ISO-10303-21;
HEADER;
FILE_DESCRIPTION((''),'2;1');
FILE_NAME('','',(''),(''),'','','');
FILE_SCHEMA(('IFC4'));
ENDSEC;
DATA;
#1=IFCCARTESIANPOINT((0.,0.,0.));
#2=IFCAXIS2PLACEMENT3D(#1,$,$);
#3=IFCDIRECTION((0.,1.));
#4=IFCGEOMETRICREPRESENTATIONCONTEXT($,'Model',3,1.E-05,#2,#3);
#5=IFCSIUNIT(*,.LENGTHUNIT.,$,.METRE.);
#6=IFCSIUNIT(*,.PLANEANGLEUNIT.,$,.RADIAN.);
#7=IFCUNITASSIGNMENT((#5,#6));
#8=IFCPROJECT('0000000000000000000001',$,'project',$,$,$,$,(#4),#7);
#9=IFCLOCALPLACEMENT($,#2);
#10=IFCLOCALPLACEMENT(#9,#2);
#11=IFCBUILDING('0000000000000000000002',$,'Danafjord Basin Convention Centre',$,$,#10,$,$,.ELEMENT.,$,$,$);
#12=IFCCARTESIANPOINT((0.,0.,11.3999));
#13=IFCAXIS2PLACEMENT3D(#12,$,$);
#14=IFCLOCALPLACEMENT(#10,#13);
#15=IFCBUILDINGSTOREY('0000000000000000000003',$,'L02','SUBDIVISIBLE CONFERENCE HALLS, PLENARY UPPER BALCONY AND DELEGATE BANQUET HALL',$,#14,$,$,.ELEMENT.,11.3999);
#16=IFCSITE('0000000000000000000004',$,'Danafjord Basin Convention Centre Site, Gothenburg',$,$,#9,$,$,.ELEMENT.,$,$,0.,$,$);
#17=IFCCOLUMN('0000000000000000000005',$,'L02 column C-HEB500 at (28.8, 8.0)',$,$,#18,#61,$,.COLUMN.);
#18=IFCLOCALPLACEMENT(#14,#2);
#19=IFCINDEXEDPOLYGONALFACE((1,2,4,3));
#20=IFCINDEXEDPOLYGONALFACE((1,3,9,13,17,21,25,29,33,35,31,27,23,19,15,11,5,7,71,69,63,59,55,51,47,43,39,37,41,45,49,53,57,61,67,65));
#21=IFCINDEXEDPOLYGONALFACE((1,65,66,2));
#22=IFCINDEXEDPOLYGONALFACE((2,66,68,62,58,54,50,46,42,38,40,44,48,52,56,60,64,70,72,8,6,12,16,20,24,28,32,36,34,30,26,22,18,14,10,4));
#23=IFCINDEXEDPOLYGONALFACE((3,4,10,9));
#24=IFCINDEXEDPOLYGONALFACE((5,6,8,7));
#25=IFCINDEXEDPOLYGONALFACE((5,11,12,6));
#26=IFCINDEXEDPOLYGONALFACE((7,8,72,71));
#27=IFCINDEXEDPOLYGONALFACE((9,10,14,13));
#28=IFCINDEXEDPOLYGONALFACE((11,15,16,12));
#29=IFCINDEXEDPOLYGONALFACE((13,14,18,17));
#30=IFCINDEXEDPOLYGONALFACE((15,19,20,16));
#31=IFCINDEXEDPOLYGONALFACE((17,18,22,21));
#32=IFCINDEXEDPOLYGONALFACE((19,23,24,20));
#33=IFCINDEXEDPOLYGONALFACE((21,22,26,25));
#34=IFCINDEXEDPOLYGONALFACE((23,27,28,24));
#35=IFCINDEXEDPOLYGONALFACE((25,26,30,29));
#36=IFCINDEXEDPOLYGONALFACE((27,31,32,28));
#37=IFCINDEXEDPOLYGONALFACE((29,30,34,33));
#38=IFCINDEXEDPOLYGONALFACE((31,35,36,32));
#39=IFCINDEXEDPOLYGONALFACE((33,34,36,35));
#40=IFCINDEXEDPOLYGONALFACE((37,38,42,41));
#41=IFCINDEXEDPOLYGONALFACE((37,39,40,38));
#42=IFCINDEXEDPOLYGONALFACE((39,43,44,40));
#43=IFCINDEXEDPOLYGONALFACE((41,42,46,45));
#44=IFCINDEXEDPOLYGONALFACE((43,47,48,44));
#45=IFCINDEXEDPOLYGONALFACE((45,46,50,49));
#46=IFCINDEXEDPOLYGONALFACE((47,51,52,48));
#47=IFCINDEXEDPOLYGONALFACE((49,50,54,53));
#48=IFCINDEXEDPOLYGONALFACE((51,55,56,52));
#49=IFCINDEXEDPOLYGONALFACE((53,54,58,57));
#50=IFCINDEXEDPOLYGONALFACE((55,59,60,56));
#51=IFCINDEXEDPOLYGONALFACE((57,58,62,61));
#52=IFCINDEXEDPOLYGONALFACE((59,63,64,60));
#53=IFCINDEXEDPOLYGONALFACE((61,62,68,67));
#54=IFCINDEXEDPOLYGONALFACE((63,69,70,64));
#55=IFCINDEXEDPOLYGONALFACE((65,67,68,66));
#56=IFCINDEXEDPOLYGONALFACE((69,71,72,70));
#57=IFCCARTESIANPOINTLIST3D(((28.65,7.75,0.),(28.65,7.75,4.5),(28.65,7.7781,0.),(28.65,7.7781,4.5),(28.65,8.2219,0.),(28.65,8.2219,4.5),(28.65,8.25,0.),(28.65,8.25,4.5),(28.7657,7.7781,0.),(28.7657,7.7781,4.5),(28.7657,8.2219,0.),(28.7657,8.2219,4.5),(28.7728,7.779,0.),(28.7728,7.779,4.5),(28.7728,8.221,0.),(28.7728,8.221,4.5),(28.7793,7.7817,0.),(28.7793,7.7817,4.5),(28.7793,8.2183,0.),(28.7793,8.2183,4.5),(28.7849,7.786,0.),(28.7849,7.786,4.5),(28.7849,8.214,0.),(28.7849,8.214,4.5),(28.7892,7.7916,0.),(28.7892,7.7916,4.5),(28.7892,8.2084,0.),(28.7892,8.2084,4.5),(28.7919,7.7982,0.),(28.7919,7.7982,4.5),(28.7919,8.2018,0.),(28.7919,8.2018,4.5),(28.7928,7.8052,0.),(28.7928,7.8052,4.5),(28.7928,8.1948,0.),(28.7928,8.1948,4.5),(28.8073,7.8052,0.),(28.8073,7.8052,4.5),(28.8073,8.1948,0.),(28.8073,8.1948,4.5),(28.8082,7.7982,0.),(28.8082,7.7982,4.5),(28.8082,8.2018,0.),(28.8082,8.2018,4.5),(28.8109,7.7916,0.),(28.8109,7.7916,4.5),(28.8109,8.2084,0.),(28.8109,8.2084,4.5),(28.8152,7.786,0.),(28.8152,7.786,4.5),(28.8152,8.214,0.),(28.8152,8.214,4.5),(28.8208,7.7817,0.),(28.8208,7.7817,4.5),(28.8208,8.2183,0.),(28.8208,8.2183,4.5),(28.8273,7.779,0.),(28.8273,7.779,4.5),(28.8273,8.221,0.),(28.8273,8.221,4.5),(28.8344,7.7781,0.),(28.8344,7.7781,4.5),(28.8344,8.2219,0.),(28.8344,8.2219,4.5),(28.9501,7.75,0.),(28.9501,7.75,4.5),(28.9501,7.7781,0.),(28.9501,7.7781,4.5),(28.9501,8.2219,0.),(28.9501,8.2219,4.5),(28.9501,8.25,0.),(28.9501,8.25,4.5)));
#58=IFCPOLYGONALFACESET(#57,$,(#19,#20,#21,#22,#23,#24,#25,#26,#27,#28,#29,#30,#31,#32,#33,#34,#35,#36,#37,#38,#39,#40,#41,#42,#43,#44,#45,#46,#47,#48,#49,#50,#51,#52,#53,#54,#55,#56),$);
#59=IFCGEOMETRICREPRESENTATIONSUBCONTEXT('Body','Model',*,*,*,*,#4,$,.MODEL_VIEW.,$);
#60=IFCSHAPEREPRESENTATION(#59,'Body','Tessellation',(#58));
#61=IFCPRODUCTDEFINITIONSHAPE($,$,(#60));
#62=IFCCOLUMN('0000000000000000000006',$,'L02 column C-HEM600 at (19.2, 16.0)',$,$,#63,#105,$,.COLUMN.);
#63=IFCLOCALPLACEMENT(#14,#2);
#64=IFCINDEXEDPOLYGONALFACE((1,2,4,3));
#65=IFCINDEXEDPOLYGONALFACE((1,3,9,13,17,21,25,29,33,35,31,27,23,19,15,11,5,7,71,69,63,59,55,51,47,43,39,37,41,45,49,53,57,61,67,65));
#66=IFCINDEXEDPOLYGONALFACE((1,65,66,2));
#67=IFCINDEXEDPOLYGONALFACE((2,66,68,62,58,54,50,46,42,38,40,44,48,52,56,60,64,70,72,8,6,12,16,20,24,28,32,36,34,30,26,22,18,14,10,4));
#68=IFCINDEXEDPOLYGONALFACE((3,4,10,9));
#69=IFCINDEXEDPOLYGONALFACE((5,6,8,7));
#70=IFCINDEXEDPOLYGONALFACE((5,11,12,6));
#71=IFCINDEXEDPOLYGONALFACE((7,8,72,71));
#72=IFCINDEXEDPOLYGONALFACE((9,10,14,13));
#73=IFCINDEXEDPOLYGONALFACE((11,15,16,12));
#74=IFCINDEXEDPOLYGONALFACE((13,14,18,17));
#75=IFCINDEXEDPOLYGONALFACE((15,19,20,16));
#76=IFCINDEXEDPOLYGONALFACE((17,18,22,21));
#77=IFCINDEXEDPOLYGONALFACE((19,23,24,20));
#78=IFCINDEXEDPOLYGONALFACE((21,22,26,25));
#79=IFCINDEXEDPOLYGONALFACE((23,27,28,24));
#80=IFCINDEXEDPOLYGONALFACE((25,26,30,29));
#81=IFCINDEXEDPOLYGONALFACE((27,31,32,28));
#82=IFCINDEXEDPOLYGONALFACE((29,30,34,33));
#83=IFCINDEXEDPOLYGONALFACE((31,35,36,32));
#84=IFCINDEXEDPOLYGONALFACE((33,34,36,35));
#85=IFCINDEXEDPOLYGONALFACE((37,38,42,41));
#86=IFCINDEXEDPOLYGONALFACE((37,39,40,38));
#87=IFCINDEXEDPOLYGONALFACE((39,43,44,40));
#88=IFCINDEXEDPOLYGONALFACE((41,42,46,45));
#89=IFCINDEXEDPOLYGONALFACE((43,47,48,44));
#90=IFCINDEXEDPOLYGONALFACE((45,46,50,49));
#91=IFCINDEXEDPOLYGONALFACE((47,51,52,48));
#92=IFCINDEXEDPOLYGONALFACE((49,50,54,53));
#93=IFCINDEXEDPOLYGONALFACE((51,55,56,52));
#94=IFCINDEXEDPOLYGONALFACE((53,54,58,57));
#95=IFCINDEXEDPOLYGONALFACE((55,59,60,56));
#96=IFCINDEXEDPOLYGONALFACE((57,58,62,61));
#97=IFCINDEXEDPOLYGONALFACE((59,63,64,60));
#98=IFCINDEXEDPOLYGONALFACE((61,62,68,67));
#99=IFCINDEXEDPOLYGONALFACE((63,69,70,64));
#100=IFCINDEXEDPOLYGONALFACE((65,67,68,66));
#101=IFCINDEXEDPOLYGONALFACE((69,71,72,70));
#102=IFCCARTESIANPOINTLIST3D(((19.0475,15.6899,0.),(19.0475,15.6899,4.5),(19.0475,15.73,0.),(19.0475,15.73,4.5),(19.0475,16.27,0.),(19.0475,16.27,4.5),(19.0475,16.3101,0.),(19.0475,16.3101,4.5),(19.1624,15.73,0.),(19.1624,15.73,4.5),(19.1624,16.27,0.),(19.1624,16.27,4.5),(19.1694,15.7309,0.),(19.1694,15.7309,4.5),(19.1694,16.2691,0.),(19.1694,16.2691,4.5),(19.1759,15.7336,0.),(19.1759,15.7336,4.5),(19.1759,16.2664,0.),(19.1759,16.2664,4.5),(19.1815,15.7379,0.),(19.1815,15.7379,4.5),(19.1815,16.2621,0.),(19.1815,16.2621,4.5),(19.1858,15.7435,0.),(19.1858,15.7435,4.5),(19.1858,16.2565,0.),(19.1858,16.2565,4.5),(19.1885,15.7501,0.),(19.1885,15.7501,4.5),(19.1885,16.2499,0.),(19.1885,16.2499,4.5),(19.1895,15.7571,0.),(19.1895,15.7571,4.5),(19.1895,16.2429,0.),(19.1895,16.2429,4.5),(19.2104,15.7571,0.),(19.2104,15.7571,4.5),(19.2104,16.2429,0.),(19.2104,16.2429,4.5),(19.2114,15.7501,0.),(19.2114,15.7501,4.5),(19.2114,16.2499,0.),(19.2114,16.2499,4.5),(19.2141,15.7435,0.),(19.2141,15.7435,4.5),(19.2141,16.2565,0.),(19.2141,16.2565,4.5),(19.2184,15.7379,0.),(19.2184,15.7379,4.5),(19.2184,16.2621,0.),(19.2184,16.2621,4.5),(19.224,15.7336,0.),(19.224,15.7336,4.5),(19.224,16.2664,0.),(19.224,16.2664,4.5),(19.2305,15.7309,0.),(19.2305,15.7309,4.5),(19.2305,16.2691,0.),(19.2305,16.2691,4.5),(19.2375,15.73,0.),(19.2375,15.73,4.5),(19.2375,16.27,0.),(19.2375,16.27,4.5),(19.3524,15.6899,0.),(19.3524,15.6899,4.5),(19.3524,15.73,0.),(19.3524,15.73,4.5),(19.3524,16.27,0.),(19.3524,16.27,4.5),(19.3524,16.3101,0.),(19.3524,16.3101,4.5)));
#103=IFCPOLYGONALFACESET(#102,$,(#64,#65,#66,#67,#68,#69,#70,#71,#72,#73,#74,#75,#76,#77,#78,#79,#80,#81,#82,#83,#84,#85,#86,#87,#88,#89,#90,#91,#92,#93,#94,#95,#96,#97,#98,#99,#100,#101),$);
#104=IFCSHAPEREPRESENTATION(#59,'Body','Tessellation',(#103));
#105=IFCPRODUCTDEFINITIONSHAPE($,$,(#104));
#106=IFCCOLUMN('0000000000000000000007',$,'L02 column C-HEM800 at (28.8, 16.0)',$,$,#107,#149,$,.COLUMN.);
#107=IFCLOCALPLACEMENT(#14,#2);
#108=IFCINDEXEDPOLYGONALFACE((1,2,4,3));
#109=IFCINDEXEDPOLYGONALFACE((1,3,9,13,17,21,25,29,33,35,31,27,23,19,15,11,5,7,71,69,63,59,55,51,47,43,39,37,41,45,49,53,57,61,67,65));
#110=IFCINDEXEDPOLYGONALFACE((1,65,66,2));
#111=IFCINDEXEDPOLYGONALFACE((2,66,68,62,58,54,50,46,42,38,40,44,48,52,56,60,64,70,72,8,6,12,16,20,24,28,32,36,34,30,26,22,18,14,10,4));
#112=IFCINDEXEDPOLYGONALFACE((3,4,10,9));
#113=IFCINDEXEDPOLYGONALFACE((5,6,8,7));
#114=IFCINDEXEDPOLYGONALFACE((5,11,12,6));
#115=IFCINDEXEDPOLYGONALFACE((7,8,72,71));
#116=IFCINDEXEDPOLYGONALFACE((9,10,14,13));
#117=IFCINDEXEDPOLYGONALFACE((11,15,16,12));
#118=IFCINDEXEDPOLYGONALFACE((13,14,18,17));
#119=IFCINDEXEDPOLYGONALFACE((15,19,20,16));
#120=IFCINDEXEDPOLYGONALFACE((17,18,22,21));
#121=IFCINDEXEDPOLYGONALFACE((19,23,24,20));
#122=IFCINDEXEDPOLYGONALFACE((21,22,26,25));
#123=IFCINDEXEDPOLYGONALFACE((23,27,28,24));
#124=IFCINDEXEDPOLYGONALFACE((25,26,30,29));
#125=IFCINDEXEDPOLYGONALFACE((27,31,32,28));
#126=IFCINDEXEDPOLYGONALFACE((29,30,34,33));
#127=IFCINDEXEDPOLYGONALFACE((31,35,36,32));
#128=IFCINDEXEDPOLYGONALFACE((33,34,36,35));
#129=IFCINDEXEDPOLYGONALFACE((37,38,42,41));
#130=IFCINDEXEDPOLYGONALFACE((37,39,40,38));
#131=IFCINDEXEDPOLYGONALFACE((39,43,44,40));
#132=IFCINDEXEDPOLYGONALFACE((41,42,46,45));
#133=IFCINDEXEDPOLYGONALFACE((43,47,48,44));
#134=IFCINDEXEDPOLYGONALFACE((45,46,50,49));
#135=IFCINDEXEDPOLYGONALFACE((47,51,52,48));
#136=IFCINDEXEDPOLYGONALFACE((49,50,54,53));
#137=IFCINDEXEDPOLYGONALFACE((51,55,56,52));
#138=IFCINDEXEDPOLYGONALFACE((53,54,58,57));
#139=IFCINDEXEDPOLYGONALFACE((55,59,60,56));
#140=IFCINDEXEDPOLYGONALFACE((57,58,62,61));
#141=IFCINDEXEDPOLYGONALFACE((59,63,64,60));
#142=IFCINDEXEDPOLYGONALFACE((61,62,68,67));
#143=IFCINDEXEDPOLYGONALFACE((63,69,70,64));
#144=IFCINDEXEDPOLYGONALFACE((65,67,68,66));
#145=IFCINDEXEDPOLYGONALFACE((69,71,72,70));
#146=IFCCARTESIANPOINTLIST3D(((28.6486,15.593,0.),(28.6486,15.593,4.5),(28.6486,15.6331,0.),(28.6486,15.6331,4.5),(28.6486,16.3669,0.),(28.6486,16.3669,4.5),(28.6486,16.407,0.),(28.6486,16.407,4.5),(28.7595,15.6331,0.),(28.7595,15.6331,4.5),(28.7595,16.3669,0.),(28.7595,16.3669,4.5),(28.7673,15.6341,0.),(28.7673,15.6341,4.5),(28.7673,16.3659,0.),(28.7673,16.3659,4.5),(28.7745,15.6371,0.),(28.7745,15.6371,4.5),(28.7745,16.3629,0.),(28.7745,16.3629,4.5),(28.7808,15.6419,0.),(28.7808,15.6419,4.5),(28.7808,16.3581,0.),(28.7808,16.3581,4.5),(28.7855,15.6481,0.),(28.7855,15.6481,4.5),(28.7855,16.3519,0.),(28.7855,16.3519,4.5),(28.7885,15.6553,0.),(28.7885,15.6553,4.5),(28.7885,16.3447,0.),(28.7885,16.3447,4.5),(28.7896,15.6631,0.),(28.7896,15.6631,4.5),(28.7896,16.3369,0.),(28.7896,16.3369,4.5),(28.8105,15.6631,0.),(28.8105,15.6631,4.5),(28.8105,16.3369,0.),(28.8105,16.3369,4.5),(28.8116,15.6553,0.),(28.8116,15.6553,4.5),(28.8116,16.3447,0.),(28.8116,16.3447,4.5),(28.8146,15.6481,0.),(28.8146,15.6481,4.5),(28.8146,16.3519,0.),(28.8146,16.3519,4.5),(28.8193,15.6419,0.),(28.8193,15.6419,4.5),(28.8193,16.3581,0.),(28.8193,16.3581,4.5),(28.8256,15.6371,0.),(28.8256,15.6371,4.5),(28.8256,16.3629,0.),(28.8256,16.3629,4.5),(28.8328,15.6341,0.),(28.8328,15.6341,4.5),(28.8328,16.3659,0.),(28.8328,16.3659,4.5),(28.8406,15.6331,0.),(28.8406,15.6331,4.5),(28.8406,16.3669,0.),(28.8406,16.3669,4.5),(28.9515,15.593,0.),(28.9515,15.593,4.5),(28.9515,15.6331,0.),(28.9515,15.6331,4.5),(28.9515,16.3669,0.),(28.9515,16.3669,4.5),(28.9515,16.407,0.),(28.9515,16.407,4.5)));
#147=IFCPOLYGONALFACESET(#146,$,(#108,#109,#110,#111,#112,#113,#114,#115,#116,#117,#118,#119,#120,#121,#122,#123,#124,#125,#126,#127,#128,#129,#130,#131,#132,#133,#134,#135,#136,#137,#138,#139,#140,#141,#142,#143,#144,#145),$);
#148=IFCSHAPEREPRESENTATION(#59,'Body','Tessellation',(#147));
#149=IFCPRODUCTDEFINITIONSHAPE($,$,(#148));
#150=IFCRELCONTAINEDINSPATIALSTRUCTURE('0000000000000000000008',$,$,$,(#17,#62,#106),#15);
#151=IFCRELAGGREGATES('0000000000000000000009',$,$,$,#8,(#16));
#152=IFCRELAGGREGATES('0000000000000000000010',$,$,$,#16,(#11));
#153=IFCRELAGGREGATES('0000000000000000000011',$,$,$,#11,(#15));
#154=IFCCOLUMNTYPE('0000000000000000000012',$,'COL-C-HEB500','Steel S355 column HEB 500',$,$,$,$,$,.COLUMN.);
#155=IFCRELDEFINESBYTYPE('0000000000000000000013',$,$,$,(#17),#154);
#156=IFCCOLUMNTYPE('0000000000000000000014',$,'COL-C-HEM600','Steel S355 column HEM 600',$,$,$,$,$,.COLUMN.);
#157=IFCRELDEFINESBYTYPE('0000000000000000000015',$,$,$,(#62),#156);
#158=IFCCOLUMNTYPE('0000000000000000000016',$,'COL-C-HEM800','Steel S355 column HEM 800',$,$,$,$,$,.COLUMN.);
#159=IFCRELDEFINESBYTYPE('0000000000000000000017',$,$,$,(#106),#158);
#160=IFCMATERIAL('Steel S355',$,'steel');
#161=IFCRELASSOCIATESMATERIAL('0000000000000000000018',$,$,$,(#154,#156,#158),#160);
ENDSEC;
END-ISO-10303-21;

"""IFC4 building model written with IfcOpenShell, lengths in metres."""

from ifc_helpers import new_model, si_unit, direction, frame, origin, origin_2d, place, context, subcontext, project, spatial, i_section, extrude, material, material_profile, profile_set, type_object, element, save


model = new_model("IFC4")

# Units and contexts
model_context = context("Model", 3, precision=1e-05, world=origin(), true_north=direction((0.0, 1.0)))
body_context = subcontext(model_context, "Body", "Model", "MODEL_VIEW")
ifc_project = project(units=[si_unit("LENGTHUNIT", "METRE"), si_unit("PLANEANGLEUNIT", "RADIAN")], contexts=[model_context])

# Site, building, storey
site_placement = place(None, origin())
site = spatial("IfcSite", under=ifc_project, at=site_placement, Name="Danafjord Basin Convention Centre Site, Gothenburg", CompositionType="ELEMENT", RefElevation=0.0)
building_placement = place(site_placement, origin())
building = spatial("IfcBuilding", under=site, at=building_placement, Name="Danafjord Basin Convention Centre", CompositionType="ELEMENT")
storey_placement = place(building_placement, frame((0.0, 0.0, 11.3999)))
storey = spatial("IfcBuildingStorey", under=building, at=storey_placement, Name="L02", Description="SUBDIVISIBLE CONFERENCE HALLS, PLENARY UPPER BALCONY AND DELEGATE BANQUET HALL", CompositionType="ELEMENT", Elevation=11.3999)

# Columns
ifc_material_1 = material(Name="Steel S355", Category="steel")
ifc_material_profile_1 = material_profile(ifc_material_1, i_section(OverallWidth=0.3, OverallDepth=0.5, WebThickness=0.0144, FlangeThickness=0.0281, FilletRadius=0.0271, at=origin_2d()), Name="HEB 500")
ifc_profile_set_1 = profile_set([ifc_material_profile_1], Name="Steel S355")
column_type_1 = type_object("IfcColumnType", Name="COL-C-HEB500", Description="Steel S355 column HEB 500", PredefinedType="COLUMN", material=ifc_profile_set_1)
column_1_placement = place(storey_placement, frame((28.8, 8.0, 0.0), z_axis=(0.0, 0.0, 1.0), x_axis=(1.0, 0.0, 0.0)))
element("IfcColumn", 1, at=column_1_placement, inside=storey, type_object=column_type_1, Name="L02 column C-HEB500 at (28.8, 8.0)", PredefinedType="COLUMN", context=body_context, shape_type="SweptSolid", body=[
    extrude(i_section(OverallWidth=0.3, OverallDepth=0.5, WebThickness=0.0144, FlangeThickness=0.0281, FilletRadius=0.0271, at=origin_2d()), origin(), (0.0, 0.0, 1.0), 4.5),
])
ifc_material_profile_2 = material_profile(ifc_material_1, i_section(OverallWidth=0.3049, OverallDepth=0.6201, WebThickness=0.021, FlangeThickness=0.04, FilletRadius=0.0271, at=origin_2d()), Name="HEM 600")
ifc_profile_set_2 = profile_set([ifc_material_profile_2], Name="Steel S355")
column_type_2 = type_object("IfcColumnType", Name="COL-C-HEM600", Description="Steel S355 column HEM 600", PredefinedType="COLUMN", material=ifc_profile_set_2)
column_2_placement = place(storey_placement, frame((19.2, 16.0, 0.0), z_axis=(0.0, 0.0, 1.0), x_axis=(1.0, 0.0, 0.0)))
element("IfcColumn", 2, at=column_2_placement, inside=storey, type_object=column_type_2, Name="L02 column C-HEM600 at (19.2, 16.0)", PredefinedType="COLUMN", context=body_context, shape_type="SweptSolid", body=[
    extrude(i_section(OverallWidth=0.3049, OverallDepth=0.6201, WebThickness=0.021, FlangeThickness=0.04, FilletRadius=0.0271, at=origin_2d()), origin(), (0.0, 0.0, 1.0), 4.5),
])
ifc_material_profile_3 = material_profile(ifc_material_1, i_section(OverallWidth=0.303, OverallDepth=0.814, WebThickness=0.021, FlangeThickness=0.04, FilletRadius=0.03, at=origin_2d()), Name="HEM 800")
ifc_profile_set_3 = profile_set([ifc_material_profile_3], Name="Steel S355")
column_type_3 = type_object("IfcColumnType", Name="COL-C-HEM800", Description="Steel S355 column HEM 800", PredefinedType="COLUMN", material=ifc_profile_set_3)
column_3_placement = place(storey_placement, frame((28.8, 16.0, 0.0), z_axis=(0.0, 0.0, 1.0), x_axis=(1.0, 0.0, 0.0)))
element("IfcColumn", 3, at=column_3_placement, inside=storey, type_object=column_type_3, Name="L02 column C-HEM800 at (28.8, 16.0)", PredefinedType="COLUMN", context=body_context, shape_type="SweptSolid", body=[
    extrude(i_section(OverallWidth=0.303, OverallDepth=0.814, WebThickness=0.021, FlangeThickness=0.04, FilletRadius=0.03, at=origin_2d()), origin(), (0.0, 0.0, 1.0), 4.5),
])

save(model, "model.ifc")
